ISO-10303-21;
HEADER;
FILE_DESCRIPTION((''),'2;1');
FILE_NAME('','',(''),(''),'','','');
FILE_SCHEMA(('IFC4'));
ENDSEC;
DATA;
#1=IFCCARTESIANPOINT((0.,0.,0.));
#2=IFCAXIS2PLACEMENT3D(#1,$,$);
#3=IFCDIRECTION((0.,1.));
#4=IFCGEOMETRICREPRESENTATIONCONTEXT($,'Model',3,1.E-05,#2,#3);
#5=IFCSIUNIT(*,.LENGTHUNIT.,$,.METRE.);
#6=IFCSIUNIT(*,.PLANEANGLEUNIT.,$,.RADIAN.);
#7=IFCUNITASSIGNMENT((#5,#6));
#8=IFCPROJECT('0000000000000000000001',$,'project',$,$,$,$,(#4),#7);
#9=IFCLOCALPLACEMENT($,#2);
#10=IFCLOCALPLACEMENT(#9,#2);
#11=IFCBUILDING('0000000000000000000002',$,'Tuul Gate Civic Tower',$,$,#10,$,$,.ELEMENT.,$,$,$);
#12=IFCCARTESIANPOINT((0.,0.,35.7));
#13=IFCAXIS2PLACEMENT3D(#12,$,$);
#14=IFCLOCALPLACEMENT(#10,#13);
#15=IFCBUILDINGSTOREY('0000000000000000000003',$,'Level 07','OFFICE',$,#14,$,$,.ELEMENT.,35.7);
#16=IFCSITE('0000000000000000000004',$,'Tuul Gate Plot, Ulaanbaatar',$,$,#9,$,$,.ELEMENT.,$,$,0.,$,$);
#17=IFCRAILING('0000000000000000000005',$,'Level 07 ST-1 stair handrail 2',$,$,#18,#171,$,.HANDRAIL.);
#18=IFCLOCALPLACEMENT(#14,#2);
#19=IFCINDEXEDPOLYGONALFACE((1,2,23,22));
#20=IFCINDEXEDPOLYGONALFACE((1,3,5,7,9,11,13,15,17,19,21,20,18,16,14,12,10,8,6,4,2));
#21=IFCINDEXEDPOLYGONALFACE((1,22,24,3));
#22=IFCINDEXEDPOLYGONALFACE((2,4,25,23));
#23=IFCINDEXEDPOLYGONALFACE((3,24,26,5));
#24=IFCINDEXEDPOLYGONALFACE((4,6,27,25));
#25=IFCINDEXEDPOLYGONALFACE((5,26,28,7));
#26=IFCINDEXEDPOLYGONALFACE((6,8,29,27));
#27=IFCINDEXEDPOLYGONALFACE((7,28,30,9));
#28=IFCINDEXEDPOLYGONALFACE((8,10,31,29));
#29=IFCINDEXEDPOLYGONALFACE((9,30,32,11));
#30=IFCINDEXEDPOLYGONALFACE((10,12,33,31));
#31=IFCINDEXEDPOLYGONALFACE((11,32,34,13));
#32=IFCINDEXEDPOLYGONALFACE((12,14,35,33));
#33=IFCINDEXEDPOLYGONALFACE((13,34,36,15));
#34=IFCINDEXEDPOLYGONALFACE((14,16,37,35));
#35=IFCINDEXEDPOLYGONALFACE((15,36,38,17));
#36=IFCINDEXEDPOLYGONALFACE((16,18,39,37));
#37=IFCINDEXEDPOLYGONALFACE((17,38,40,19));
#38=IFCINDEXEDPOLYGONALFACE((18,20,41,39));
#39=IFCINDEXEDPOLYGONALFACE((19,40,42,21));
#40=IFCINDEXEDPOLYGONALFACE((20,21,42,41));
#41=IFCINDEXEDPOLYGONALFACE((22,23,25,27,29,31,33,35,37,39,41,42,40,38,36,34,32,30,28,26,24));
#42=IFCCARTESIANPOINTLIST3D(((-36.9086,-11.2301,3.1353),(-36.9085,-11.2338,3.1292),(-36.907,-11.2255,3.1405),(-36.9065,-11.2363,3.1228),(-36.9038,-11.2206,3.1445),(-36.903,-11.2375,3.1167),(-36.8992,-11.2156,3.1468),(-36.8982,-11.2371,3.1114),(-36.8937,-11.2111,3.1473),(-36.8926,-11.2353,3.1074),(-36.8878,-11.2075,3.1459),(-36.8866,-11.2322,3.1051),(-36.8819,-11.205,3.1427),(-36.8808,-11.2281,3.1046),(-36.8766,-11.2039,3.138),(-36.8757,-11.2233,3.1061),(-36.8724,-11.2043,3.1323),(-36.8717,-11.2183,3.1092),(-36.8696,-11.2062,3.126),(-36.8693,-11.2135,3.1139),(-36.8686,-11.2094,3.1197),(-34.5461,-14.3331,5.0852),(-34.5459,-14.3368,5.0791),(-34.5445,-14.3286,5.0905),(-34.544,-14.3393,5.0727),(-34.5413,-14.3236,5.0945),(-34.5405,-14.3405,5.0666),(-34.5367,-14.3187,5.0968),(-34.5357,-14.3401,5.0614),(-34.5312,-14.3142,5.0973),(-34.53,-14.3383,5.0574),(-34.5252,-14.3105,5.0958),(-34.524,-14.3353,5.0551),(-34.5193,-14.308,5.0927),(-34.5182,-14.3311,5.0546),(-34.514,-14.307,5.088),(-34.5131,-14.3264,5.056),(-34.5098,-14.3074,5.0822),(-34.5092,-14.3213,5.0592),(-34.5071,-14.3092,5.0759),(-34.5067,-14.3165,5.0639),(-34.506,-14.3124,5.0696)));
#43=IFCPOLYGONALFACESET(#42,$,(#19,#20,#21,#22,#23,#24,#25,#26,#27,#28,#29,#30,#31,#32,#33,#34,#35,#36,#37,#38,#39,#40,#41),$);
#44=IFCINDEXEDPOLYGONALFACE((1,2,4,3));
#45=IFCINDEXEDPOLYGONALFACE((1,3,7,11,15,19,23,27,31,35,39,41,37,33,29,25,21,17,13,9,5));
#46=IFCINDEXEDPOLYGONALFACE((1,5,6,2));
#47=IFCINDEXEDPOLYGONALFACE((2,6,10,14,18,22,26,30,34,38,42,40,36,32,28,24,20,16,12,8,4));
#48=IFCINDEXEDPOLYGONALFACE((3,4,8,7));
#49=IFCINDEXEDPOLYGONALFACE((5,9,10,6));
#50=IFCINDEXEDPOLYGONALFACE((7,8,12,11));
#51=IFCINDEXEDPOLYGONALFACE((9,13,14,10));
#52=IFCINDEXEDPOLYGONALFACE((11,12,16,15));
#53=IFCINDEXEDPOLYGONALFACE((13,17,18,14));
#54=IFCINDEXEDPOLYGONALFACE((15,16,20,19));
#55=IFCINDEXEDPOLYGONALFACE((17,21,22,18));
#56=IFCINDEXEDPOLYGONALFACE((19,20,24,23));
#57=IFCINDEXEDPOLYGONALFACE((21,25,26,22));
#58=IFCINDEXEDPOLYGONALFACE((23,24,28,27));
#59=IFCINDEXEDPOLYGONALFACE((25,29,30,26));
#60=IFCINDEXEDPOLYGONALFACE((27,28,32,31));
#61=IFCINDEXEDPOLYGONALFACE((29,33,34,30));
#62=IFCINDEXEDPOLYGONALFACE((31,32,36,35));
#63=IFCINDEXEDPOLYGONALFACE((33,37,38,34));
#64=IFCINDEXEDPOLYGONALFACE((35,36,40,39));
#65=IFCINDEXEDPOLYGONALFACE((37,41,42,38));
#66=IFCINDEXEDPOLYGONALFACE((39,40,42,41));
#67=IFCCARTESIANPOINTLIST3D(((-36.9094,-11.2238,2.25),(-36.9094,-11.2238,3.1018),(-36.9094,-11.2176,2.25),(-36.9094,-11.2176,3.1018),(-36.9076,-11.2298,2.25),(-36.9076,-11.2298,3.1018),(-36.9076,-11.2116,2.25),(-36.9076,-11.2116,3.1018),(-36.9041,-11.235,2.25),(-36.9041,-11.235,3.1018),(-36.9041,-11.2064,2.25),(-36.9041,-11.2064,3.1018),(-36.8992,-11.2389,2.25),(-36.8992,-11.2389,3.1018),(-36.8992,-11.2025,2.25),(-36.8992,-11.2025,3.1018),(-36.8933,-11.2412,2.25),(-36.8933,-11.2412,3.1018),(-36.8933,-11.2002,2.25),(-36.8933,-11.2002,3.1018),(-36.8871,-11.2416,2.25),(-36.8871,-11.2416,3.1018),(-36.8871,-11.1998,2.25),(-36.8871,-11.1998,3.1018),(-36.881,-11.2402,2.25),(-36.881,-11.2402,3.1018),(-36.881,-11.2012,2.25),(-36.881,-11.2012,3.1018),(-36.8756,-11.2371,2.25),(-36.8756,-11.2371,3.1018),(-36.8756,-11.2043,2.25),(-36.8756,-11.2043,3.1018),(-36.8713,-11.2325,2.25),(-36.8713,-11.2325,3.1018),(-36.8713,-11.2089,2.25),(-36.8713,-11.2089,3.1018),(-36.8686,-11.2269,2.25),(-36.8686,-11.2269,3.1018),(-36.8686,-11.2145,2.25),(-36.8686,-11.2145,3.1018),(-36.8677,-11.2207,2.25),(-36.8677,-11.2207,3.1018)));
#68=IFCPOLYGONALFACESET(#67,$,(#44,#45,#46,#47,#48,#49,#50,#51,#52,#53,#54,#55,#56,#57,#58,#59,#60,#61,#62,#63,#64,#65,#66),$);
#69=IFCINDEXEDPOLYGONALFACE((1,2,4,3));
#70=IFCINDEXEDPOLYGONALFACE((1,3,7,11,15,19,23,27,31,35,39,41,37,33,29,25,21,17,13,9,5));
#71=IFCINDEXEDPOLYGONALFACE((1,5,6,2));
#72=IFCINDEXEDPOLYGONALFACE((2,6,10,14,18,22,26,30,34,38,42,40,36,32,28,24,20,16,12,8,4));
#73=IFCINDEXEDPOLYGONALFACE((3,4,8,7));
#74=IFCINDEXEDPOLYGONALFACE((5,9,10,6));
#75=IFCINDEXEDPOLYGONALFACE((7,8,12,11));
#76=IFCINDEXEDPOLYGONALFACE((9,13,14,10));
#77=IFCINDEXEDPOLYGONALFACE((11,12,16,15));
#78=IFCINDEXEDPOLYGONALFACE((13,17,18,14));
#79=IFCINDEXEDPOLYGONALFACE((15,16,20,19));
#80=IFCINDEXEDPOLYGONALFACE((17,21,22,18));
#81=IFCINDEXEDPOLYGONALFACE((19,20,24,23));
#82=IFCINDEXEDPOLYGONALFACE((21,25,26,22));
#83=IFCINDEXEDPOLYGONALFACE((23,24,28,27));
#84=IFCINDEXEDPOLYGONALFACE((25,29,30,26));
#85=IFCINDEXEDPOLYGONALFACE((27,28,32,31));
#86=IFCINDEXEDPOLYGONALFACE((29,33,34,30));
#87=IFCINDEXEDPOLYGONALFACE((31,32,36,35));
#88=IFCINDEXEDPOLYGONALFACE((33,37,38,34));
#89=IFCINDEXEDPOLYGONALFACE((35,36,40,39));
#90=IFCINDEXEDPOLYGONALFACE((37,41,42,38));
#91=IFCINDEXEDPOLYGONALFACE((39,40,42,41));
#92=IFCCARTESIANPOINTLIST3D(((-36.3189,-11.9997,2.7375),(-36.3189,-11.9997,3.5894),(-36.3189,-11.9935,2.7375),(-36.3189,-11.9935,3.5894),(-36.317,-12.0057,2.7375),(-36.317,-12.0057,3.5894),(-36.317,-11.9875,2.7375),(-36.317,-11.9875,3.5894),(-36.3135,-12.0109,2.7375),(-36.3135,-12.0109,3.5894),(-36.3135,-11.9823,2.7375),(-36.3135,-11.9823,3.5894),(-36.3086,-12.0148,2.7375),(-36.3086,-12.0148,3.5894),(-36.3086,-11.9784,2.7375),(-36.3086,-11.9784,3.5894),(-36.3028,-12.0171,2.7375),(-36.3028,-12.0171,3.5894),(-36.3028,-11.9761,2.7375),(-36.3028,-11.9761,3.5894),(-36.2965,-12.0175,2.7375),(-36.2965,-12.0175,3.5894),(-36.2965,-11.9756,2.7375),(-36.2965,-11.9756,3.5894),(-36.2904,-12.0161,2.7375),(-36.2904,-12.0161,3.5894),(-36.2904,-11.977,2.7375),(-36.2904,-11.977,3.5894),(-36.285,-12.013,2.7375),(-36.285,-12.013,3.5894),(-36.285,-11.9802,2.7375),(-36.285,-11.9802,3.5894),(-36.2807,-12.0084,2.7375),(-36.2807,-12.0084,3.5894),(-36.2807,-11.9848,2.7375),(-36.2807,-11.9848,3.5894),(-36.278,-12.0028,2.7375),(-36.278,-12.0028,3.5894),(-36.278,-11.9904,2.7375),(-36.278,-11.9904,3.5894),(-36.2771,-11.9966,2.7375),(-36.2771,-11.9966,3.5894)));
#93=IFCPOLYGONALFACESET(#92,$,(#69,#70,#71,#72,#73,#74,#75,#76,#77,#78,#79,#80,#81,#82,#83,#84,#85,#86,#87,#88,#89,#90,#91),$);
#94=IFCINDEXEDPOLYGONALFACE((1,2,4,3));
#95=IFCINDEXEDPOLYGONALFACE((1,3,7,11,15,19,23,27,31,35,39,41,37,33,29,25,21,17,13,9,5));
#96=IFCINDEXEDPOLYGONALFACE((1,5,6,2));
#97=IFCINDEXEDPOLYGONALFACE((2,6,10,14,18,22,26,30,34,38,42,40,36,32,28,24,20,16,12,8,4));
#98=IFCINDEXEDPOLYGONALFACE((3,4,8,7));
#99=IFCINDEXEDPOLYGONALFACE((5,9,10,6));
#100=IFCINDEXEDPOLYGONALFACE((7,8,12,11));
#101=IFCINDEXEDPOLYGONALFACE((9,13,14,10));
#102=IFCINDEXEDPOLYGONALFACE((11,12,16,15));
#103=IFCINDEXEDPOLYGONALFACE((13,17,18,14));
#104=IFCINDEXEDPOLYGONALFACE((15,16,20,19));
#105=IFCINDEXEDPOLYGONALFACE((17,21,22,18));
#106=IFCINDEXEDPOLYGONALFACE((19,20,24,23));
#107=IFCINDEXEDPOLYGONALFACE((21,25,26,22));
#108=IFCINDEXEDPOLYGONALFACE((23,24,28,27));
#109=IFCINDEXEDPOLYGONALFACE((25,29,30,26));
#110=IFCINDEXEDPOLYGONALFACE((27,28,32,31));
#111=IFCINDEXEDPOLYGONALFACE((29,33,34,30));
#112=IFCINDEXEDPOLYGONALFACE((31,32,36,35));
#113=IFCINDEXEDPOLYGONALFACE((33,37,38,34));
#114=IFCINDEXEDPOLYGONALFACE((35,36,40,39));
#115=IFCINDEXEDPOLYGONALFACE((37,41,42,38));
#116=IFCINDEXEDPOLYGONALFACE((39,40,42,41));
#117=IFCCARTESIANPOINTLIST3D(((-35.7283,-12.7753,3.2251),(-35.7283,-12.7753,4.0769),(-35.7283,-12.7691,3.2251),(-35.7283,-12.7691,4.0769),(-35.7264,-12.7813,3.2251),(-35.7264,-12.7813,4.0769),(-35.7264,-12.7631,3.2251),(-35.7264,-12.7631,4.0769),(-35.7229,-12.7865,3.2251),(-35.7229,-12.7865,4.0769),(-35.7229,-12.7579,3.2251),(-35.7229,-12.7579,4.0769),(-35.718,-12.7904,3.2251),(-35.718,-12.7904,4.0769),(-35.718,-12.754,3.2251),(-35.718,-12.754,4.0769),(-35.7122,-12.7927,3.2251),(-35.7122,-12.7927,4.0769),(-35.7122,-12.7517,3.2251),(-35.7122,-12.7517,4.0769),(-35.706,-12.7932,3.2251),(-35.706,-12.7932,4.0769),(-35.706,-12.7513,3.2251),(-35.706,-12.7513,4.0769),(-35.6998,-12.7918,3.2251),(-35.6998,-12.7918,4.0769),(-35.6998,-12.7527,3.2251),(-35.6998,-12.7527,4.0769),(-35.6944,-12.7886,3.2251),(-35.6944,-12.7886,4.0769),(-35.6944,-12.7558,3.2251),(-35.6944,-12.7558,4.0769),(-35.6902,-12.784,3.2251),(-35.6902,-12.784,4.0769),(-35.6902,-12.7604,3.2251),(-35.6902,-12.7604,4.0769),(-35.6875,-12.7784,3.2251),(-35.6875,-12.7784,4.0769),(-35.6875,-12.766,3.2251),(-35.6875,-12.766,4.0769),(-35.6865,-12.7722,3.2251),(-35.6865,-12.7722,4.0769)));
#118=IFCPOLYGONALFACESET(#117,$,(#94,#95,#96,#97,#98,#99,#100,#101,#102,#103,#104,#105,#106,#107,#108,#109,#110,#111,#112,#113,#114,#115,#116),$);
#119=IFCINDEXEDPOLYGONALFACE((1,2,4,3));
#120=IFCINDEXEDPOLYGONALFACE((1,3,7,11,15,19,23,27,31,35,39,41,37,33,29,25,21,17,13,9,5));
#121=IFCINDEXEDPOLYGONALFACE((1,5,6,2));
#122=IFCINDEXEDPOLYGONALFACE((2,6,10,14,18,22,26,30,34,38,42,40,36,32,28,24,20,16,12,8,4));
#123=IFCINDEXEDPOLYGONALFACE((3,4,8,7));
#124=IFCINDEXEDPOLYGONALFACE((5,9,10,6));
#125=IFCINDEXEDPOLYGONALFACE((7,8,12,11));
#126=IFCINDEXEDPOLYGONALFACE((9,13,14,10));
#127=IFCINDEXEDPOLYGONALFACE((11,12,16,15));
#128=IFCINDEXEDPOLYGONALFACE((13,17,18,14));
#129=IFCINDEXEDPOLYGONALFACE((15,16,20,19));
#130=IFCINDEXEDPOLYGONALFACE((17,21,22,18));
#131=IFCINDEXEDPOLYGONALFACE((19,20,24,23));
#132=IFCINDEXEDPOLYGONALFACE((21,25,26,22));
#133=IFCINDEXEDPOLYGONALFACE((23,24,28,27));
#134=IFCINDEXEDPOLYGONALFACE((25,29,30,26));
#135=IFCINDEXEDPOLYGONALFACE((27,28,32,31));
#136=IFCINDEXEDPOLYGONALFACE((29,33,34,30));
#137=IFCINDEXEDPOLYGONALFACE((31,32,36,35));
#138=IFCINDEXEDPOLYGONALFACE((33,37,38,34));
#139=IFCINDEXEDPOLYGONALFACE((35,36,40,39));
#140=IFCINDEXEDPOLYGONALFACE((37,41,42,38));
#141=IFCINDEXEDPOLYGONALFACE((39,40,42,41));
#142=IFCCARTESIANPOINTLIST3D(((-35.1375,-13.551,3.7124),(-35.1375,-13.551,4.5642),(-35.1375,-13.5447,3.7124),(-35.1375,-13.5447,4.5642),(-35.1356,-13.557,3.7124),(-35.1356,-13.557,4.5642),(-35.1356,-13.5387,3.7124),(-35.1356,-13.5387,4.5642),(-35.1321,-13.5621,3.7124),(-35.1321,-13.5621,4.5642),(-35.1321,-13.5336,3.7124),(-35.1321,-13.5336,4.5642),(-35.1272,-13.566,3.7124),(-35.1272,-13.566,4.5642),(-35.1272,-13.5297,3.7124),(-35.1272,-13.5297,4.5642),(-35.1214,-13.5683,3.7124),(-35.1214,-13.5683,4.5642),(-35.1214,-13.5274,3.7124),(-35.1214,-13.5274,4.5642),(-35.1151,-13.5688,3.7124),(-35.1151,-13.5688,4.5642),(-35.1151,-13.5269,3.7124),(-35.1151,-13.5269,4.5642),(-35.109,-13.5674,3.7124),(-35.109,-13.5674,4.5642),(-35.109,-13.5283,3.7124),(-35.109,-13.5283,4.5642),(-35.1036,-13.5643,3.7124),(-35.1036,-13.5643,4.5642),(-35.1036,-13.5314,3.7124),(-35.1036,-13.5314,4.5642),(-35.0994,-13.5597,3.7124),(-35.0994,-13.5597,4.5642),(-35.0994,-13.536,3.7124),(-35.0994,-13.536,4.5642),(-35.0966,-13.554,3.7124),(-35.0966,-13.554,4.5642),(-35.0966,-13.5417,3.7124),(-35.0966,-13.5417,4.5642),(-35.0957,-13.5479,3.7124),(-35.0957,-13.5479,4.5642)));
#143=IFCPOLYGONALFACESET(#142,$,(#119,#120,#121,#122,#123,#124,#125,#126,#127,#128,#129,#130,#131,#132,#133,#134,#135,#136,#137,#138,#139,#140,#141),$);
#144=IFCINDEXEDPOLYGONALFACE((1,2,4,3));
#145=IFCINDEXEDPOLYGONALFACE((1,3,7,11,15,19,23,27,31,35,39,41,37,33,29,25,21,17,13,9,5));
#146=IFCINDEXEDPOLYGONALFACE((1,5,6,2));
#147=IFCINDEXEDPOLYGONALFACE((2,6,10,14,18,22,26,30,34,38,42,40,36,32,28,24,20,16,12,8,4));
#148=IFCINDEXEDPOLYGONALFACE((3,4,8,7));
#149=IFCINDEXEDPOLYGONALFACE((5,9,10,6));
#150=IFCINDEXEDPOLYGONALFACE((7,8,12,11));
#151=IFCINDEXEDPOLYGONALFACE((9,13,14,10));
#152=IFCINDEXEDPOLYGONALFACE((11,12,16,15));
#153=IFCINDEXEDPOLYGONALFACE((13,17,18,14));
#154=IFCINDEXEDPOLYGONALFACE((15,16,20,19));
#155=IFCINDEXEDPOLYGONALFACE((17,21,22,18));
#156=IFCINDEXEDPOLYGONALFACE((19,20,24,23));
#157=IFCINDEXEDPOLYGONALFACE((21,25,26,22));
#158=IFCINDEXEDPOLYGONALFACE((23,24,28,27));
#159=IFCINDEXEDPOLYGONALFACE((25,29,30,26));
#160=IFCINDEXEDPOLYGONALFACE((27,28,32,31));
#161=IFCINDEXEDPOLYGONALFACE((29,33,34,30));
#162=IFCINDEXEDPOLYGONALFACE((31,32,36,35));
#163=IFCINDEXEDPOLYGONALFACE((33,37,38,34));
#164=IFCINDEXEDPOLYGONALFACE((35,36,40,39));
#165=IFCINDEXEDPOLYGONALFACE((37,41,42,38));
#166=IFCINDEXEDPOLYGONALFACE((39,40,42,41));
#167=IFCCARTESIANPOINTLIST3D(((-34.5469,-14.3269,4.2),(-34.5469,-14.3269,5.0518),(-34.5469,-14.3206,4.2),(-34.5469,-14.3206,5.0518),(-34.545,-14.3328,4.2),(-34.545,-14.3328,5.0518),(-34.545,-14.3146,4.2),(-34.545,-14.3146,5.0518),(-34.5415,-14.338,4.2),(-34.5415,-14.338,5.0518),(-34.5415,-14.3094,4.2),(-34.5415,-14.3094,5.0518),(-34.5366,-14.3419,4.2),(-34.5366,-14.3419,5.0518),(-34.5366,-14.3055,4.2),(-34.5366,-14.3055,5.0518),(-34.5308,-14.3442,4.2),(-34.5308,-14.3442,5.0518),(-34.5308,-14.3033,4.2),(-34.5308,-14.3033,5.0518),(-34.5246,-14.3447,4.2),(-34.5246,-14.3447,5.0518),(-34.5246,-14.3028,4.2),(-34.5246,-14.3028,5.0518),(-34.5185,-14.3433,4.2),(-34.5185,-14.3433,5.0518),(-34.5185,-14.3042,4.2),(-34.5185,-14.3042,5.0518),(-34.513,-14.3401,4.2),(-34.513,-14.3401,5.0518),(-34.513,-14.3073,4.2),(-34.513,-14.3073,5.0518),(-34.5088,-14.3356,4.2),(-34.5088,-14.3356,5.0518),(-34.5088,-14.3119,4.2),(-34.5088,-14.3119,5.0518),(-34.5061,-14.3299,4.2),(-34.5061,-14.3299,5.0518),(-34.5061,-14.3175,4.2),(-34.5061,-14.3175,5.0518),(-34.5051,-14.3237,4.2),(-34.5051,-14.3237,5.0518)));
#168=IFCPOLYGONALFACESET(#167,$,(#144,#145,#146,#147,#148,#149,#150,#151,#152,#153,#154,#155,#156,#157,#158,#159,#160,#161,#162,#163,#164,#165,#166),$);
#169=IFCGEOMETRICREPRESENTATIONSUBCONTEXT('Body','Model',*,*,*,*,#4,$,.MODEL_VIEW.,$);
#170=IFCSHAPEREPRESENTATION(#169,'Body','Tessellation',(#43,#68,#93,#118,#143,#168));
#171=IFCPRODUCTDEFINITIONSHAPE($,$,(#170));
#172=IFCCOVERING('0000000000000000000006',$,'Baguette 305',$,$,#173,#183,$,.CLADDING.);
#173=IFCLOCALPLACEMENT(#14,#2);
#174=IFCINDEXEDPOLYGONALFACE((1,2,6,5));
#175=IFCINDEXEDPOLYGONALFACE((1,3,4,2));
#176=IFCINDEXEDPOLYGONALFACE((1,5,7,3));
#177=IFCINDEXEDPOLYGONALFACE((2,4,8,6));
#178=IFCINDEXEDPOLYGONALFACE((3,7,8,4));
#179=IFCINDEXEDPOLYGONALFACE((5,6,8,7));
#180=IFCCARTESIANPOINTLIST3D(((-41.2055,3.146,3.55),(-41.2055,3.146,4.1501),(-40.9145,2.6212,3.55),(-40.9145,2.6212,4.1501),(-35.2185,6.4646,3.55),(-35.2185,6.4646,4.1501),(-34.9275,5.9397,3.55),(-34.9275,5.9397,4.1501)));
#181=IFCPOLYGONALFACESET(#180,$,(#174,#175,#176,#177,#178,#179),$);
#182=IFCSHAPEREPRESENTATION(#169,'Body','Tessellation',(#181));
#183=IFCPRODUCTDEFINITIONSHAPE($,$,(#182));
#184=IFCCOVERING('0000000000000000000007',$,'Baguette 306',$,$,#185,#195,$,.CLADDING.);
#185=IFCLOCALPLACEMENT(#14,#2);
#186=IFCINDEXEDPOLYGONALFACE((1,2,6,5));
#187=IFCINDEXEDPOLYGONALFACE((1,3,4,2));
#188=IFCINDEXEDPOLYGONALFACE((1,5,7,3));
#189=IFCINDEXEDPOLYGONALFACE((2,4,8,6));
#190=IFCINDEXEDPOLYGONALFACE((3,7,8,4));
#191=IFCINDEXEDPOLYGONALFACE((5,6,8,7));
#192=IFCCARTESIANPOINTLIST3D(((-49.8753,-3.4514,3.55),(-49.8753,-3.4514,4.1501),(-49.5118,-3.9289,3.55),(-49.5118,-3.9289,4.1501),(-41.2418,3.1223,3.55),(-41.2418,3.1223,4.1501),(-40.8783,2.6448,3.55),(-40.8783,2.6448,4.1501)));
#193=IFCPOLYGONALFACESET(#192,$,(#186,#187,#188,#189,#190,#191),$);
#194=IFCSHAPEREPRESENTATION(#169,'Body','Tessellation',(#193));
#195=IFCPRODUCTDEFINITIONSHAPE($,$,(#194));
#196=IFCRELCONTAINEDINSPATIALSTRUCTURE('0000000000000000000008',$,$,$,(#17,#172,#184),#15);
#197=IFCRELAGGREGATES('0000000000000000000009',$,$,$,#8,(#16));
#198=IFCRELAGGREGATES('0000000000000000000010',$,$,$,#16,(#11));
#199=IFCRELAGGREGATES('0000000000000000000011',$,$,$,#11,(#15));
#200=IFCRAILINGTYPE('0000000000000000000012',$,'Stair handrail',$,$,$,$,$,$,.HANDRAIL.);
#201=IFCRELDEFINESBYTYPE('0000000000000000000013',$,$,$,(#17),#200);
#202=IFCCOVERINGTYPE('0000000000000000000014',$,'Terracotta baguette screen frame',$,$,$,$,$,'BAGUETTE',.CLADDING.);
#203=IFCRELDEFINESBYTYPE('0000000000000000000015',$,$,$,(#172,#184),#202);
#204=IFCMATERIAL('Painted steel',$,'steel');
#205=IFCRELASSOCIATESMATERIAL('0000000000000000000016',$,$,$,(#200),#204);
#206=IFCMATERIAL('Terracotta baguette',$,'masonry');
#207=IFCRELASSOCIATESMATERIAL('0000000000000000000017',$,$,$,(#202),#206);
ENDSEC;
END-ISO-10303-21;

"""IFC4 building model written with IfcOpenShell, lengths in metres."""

from ifc_helpers import new_model, si_unit, direction, frame, origin, origin_2d, place, context, subcontext, project, spatial, rectangle, circle, extrude, material, material_profile, profile_set, type_object, element, save


model = new_model("IFC4")

# Units and contexts
model_context = context("Model", 3, precision=1e-05, world=origin(), true_north=direction((0.0, 1.0)))
body_context = subcontext(model_context, "Body", "Model", "MODEL_VIEW")
ifc_project = project(units=[si_unit("LENGTHUNIT", "METRE"), si_unit("PLANEANGLEUNIT", "RADIAN")], contexts=[model_context])

# Site, building, storey
site_placement = place(None, origin())
site = spatial("IfcSite", under=ifc_project, at=site_placement, Name="Tuul Gate Plot, Ulaanbaatar", CompositionType="ELEMENT", RefElevation=0.0)
building_placement = place(site_placement, origin())
building = spatial("IfcBuilding", under=site, at=building_placement, Name="Tuul Gate Civic Tower", CompositionType="ELEMENT")
storey_placement = place(building_placement, frame((0.0, 0.0, 35.7)))
storey = spatial("IfcBuildingStorey", under=building, at=storey_placement, Name="Level 07", Description="OFFICE", CompositionType="ELEMENT", Elevation=35.7)

# Railing
ifc_material_1 = material(Name="Painted steel", Category="steel")
railing_type_1 = type_object("IfcRailingType", Name="Stair handrail", PredefinedType="HANDRAIL", material=ifc_material_1)
railing_1_placement = place(storey_placement, frame((-36.8887, -11.2207, 2.25)))
element("IfcRailing", 1, at=railing_1_placement, inside=storey, type_object=railing_type_1, Name="Level 07 ST-1 stair handrail 2", PredefinedType="HANDRAIL", context=body_context, shape_type="SweptSolid", body=[
    extrude(circle(Radius=0.0239, at=origin_2d()), frame((0.0, 0.0, 0.876), z_axis=(0.541824, -0.711645, 0.4472), x_axis=(0.795637, 0.605773, 0.0)), (0.0, 0.0, 1.0), 4.3604),
    extrude(circle(Radius=0.021, at=origin_2d()), origin(), (0.0, 0.0, 1.0), 0.8518),
    extrude(circle(Radius=0.021, at=origin_2d()), frame((0.5906, -0.7759, 0.4875)), (0.0, 0.0, 1.0), 0.8518),
    extrude(circle(Radius=0.021, at=origin_2d()), frame((1.1812, -1.5515, 0.9751)), (0.0, 0.0, 1.0), 0.8518),
    extrude(circle(Radius=0.021, at=origin_2d()), frame((1.772, -2.3271, 1.4624)), (0.0, 0.0, 1.0), 0.8518),
    extrude(circle(Radius=0.021, at=origin_2d()), frame((2.3625, -3.103, 1.95)), (0.0, 0.0, 1.0), 0.8518),
])

# Coverings
ifc_material_2 = material(Name="Terracotta baguette", Category="masonry")
ifc_material_profile_1 = material_profile(ifc_material_2, rectangle(XDim=0.6001, YDim=0.6001, at=origin_2d()), Name="Terracotta baguette screen frame")
ifc_profile_set_1 = profile_set([ifc_material_profile_1], Name="Terracotta baguette")
covering_type = type_object("IfcCoveringType", Name="Terracotta baguette screen frame", ElementType="BAGUETTE", PredefinedType="CLADDING", material=ifc_profile_set_1)
covering_1_placement = place(storey_placement, frame((-35.073, 6.2021, 3.8501), z_axis=(-0.874625, -0.484801, 0.0), x_axis=(0.484801, -0.874625, 0.0)))
element("IfcCovering", 2, at=covering_1_placement, inside=storey, type_object=covering_type, Name="Baguette 305", PredefinedType="CLADDING", context=body_context, shape_type="SweptSolid", body=[
    extrude(rectangle(XDim=0.6001, YDim=0.6001, at=origin_2d()), origin(), (0.0, 0.0, 1.0), 6.8452),
])
covering_2_placement = place(storey_placement, frame((-41.0601, 2.8835, 3.8501), z_axis=(-0.795619, -0.605798, 0.0), x_axis=(0.605798, -0.795619, 0.0)))
element("IfcCovering", 3, at=covering_2_placement, inside=storey, type_object=covering_type, Name="Baguette 306", PredefinedType="CLADDING", context=body_context, shape_type="SweptSolid", body=[
    extrude(rectangle(XDim=0.6001, YDim=0.6001, at=origin_2d()), origin(), (0.0, 0.0, 1.0), 10.8513),
])

save(model, "model.ifc")
